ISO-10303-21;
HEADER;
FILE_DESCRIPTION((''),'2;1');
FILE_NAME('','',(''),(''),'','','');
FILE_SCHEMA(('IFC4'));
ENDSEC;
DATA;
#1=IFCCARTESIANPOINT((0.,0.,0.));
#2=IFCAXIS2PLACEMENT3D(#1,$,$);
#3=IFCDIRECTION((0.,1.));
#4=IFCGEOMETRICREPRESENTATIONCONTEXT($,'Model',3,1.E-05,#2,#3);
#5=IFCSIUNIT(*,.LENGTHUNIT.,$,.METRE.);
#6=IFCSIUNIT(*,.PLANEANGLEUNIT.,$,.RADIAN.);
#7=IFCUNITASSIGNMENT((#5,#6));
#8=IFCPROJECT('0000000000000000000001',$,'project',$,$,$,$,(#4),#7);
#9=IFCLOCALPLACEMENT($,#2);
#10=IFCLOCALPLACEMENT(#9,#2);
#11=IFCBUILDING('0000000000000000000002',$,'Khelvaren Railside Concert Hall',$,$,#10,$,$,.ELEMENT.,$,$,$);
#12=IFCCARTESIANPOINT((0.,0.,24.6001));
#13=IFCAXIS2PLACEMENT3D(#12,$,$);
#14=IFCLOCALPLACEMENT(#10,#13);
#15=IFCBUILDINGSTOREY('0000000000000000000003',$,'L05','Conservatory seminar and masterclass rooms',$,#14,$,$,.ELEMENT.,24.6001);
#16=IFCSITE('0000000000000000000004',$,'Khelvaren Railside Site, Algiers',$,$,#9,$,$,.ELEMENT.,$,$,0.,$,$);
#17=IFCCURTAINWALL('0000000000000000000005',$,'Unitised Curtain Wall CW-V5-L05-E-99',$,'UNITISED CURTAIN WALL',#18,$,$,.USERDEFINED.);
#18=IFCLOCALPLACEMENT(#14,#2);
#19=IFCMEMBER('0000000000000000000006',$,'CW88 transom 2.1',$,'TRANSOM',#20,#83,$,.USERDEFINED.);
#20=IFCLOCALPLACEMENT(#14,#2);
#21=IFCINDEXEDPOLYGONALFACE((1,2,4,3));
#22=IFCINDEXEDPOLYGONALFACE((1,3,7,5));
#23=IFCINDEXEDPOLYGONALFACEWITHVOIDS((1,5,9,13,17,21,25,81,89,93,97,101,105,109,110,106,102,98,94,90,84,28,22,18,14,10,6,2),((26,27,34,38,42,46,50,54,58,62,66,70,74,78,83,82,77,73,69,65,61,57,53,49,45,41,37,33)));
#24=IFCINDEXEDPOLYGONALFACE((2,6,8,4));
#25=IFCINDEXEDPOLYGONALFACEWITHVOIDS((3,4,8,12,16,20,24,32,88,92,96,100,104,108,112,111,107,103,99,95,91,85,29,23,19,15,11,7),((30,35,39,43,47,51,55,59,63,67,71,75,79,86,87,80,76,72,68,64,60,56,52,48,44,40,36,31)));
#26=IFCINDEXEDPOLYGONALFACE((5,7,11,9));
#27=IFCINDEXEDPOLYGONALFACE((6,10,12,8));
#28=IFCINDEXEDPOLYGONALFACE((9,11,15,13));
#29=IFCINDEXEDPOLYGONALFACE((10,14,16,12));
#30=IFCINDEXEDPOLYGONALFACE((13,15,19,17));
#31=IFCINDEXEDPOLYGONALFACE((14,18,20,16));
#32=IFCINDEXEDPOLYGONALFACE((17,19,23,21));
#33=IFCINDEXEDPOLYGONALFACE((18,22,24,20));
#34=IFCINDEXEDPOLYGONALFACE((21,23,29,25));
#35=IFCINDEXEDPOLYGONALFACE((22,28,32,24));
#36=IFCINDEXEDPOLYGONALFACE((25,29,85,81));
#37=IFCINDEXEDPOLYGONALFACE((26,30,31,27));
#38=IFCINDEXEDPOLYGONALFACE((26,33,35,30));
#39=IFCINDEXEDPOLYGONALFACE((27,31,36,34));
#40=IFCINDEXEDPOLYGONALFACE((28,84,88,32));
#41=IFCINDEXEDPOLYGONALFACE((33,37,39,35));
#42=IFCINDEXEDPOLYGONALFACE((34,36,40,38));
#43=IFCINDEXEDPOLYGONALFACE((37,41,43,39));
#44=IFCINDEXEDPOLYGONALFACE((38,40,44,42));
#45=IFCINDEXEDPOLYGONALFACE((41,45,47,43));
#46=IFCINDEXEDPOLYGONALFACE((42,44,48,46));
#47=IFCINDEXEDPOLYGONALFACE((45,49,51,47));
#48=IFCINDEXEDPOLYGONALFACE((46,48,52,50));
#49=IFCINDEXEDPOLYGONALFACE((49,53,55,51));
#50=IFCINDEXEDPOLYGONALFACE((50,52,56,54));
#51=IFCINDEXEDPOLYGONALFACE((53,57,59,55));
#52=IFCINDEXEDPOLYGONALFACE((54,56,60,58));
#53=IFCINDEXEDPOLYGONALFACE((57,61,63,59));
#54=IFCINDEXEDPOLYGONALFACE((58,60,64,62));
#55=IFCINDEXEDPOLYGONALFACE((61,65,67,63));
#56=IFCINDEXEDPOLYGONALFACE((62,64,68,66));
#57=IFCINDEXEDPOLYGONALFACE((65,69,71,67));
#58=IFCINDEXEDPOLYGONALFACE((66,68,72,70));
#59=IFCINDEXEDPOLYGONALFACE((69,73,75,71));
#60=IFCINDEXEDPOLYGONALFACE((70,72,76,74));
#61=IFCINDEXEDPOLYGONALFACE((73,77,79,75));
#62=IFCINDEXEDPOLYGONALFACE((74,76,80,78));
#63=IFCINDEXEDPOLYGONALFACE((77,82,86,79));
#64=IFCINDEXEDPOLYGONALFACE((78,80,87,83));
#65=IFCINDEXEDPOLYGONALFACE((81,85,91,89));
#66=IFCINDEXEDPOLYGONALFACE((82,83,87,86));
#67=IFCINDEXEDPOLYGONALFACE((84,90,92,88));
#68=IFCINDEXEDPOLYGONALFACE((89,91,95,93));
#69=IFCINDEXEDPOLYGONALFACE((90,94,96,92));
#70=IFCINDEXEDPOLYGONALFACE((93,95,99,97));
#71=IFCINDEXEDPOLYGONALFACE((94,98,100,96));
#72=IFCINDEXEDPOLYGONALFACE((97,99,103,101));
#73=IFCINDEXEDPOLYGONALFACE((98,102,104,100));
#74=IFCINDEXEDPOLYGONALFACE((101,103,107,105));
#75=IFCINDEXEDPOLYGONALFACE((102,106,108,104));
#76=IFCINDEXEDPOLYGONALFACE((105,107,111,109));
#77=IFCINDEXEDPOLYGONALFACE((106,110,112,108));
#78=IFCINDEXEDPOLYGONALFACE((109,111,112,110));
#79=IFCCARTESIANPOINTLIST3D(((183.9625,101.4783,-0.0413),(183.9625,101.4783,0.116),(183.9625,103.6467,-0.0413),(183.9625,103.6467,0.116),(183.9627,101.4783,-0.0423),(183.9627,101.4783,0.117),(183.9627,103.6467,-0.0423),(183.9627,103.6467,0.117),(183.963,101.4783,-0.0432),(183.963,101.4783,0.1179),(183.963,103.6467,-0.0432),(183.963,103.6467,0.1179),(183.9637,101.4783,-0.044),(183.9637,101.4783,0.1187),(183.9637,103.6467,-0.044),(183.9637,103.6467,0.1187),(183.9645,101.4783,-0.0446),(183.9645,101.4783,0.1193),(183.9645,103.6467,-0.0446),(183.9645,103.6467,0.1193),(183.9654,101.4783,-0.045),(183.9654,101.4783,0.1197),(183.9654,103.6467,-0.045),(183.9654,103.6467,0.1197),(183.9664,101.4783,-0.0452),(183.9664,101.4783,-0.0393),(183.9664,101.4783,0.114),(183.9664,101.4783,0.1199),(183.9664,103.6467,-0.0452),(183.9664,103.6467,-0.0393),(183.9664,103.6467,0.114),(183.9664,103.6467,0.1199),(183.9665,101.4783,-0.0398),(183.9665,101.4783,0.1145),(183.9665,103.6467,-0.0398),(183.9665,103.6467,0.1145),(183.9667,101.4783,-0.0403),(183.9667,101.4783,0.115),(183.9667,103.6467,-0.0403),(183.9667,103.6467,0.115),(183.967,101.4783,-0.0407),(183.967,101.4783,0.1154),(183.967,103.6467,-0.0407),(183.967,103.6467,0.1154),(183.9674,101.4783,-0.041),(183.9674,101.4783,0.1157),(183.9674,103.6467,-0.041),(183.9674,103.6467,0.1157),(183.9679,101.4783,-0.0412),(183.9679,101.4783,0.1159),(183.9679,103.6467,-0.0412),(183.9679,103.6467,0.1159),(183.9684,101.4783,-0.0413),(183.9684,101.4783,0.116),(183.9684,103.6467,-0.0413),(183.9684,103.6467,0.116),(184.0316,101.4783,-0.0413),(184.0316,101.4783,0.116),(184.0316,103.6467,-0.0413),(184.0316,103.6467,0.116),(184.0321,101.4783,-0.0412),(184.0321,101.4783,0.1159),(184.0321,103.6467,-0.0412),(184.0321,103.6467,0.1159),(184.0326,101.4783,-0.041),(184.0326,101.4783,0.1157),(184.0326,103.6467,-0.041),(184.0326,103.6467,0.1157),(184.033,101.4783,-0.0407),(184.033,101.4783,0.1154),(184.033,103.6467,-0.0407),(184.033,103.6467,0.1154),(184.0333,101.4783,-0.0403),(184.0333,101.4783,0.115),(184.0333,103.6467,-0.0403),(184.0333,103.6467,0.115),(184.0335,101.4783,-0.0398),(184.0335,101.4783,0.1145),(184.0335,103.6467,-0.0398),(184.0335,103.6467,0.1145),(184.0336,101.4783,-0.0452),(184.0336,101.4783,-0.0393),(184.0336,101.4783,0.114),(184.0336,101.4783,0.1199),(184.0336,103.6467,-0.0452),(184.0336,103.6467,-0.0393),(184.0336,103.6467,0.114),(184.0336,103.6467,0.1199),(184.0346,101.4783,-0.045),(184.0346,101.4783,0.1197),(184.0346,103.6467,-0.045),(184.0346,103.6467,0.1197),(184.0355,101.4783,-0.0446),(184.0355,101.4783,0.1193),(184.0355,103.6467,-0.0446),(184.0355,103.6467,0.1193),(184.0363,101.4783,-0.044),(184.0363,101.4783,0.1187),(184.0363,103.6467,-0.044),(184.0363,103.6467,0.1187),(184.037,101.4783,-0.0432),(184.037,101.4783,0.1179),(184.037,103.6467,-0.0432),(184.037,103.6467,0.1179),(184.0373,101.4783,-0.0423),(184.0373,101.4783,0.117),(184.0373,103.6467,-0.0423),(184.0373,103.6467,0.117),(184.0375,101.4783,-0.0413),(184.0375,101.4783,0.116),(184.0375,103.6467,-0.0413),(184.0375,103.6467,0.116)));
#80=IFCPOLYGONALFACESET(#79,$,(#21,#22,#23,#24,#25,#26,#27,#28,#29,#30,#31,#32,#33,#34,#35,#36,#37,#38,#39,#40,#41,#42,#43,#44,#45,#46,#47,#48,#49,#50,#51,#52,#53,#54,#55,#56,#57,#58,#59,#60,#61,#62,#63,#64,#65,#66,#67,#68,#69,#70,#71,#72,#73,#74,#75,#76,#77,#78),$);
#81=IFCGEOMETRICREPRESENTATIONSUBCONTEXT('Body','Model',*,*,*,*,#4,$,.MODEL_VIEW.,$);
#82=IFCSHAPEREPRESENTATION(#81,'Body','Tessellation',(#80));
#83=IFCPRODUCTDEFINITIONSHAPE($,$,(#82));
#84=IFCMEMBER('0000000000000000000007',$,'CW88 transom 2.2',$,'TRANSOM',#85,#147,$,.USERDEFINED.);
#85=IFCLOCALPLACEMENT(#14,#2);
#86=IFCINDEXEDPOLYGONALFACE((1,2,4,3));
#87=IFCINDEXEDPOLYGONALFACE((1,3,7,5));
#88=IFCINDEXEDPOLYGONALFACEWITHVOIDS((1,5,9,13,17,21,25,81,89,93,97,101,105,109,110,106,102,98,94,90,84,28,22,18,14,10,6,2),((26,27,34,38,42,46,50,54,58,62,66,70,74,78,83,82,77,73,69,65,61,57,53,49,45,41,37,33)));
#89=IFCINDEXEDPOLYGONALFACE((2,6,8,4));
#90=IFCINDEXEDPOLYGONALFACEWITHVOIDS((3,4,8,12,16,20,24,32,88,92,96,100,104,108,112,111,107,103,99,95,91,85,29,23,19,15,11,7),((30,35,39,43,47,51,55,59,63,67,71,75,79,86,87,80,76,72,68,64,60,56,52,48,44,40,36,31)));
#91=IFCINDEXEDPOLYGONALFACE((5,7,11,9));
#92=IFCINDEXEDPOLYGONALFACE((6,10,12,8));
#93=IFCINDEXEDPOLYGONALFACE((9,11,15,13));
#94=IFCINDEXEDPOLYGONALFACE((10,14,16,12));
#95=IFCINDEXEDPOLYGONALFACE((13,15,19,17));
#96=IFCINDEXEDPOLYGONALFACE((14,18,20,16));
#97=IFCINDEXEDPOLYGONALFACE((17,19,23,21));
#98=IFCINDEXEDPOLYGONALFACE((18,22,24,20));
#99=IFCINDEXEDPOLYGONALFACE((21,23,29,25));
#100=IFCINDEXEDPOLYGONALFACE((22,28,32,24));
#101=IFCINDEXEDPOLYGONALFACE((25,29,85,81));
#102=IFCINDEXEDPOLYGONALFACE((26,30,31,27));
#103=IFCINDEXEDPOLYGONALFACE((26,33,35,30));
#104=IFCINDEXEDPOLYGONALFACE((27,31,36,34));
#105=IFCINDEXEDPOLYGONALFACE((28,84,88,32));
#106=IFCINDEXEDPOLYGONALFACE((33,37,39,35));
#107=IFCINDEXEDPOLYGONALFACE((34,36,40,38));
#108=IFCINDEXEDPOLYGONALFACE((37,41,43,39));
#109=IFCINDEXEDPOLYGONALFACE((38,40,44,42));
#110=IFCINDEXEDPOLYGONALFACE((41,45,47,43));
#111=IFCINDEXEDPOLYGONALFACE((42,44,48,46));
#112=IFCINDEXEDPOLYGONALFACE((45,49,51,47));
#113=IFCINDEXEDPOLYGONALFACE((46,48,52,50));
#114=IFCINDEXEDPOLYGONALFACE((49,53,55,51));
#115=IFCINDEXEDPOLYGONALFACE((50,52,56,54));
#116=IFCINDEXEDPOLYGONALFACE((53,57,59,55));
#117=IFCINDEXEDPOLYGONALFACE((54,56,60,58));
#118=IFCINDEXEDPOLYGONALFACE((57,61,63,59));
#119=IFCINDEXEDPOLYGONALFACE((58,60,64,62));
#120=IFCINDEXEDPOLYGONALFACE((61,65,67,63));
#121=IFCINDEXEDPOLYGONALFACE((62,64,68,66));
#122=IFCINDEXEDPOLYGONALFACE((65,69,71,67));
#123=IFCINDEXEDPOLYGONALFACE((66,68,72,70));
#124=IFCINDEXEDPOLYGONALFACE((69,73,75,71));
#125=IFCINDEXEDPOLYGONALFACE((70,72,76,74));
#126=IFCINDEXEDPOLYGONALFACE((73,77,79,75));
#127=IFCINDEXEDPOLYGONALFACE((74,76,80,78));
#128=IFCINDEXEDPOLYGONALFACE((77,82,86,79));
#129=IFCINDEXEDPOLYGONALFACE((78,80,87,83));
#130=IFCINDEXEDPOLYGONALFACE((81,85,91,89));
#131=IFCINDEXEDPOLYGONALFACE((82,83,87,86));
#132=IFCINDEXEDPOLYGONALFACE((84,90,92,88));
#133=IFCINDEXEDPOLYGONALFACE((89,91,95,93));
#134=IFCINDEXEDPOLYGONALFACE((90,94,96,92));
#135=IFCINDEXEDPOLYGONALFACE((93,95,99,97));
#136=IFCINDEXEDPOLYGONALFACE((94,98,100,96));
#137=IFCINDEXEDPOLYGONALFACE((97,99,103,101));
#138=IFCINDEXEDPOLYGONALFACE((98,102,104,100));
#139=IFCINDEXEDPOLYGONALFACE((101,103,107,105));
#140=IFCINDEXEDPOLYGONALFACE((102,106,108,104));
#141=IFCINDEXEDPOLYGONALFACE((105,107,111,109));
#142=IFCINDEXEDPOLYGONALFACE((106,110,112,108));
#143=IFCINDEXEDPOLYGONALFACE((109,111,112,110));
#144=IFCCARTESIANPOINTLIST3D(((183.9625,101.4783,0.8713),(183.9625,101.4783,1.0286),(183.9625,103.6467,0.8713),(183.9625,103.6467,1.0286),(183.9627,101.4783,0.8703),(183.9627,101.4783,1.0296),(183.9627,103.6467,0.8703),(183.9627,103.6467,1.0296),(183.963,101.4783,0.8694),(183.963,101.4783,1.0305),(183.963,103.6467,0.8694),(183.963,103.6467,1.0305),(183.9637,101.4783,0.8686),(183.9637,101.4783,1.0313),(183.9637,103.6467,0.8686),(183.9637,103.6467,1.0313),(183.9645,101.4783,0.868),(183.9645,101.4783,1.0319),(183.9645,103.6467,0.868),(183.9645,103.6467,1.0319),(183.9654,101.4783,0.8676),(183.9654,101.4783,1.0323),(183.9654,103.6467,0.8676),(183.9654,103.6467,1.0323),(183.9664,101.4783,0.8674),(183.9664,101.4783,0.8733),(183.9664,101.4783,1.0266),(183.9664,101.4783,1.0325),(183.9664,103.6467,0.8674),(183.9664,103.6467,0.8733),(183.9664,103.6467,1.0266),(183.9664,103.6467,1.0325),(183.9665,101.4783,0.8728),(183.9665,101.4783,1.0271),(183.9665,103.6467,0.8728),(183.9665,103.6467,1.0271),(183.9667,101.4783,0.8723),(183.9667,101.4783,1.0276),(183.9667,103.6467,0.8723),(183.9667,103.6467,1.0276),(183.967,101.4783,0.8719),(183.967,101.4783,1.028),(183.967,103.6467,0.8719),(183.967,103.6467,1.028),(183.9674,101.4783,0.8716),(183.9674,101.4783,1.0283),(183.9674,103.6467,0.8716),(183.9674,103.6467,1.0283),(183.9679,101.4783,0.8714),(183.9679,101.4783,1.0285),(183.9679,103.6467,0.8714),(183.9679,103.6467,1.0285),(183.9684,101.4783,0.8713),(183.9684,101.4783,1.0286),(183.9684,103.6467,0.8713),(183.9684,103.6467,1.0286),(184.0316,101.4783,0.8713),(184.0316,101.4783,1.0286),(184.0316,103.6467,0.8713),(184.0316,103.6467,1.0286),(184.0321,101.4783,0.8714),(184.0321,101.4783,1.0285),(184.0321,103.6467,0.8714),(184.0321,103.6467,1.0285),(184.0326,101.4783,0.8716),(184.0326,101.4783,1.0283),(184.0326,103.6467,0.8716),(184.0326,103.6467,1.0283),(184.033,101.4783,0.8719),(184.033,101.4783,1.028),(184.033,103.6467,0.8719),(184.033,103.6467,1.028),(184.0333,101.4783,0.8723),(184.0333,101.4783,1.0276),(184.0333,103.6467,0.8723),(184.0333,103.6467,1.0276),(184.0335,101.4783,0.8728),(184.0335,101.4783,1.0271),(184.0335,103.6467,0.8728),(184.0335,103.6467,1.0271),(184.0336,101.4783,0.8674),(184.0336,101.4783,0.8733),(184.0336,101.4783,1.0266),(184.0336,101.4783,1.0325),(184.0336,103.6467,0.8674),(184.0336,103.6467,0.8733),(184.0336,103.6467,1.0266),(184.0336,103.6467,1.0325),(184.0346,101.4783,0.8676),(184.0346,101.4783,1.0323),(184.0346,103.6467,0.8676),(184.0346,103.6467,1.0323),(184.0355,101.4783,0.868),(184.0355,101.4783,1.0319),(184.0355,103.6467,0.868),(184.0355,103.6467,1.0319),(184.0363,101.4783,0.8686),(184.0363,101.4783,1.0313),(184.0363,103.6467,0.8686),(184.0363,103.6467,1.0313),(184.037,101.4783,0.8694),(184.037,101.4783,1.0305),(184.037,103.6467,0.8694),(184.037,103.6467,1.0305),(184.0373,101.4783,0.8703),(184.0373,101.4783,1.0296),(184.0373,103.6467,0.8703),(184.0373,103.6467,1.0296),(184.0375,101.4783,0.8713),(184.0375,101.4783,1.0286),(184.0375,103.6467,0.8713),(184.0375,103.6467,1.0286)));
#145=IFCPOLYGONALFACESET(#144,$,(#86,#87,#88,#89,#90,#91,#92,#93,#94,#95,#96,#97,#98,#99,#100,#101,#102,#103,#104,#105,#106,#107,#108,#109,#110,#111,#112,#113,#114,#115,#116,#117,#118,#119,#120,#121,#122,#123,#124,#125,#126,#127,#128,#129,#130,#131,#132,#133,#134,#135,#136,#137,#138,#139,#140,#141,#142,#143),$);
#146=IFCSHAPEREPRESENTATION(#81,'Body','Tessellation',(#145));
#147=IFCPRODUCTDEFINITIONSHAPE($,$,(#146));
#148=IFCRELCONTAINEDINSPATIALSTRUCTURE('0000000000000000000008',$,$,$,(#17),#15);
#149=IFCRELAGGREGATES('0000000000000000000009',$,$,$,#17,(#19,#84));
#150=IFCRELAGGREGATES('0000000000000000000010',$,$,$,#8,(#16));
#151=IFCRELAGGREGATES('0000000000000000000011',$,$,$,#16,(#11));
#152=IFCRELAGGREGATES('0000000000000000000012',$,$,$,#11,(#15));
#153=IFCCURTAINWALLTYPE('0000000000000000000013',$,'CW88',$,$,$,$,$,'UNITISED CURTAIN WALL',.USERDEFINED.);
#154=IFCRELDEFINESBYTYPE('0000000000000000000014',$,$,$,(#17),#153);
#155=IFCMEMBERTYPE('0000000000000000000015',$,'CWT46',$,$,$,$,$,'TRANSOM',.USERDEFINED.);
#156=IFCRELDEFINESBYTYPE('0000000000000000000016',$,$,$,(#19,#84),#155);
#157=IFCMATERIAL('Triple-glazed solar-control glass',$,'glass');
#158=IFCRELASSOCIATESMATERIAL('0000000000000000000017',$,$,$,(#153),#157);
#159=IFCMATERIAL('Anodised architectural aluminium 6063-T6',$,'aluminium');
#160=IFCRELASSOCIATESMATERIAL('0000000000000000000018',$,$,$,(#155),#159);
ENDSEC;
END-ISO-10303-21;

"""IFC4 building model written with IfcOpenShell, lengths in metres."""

from ifc_helpers import new_model, si_unit, direction, frame, origin, origin_2d, place, context, subcontext, project, spatial, hollow_rectangle, extrude, material, material_profile, profile_set, type_object, element, aggregate, save


model = new_model("IFC4")

# Units and contexts
model_context = context("Model", 3, precision=1e-05, world=origin(), true_north=direction((0.0, 1.0)))
body_context = subcontext(model_context, "Body", "Model", "MODEL_VIEW")
ifc_project = project(units=[si_unit("LENGTHUNIT", "METRE"), si_unit("PLANEANGLEUNIT", "RADIAN")], contexts=[model_context])

# Site, building, storey
site_placement = place(None, origin())
site = spatial("IfcSite", under=ifc_project, at=site_placement, Name="Khelvaren Railside Site, Algiers", CompositionType="ELEMENT", RefElevation=0.0)
building_placement = place(site_placement, origin())
building = spatial("IfcBuilding", under=site, at=building_placement, Name="Khelvaren Railside Concert Hall", CompositionType="ELEMENT")
storey_placement = place(building_placement, frame((0.0, 0.0, 24.6001)))
storey = spatial("IfcBuildingStorey", under=building, at=storey_placement, Name="L05", Description="Conservatory seminar and masterclass rooms", CompositionType="ELEMENT", Elevation=24.6001)

# Curtain wall
ifc_material_1 = material(Name="Triple-glazed solar-control glass", Category="glass")
curtain_wall_type_1 = type_object("IfcCurtainWallType", Name="CW88", ElementType="UNITISED CURTAIN WALL", PredefinedType="USERDEFINED", material=ifc_material_1)
curtain_wall_1_placement = place(storey_placement, origin())
curtain_wall_1 = element("IfcCurtainWall", 1, at=curtain_wall_1_placement, inside=storey, type_object=curtain_wall_type_1, Name="Unitised Curtain Wall CW-V5-L05-E-99", ObjectType="UNITISED CURTAIN WALL", PredefinedType="USERDEFINED")
ifc_material_2 = material(Name="Anodised architectural aluminium 6063-T6", Category="aluminium")

# Members
ifc_material_profile_1 = material_profile(ifc_material_2, hollow_rectangle(XDim=0.075, YDim=0.165, WallThickness=0.0039, InnerFilletRadius=0.002, OuterFilletRadius=0.0039, at=origin_2d()), Name="CWT 75x165x4")
ifc_profile_set_1 = profile_set([ifc_material_profile_1], Name="Anodised architectural aluminium 6063-T6")
member_type_1 = type_object("IfcMemberType", Name="CWT46", ElementType="TRANSOM", PredefinedType="USERDEFINED", material=ifc_profile_set_1)
member_1_placement = place(storey_placement, frame((184.0, 103.6467, 0.0374), z_axis=(0.0, -1.0, 0.0), x_axis=(1.0, 0.0, 0.0)))
member_1 = element("IfcMember", 2, at=member_1_placement, type_object=member_type_1, Name="CW88 transom 2.1", ObjectType="TRANSOM", PredefinedType="USERDEFINED", context=body_context, shape_type="SweptSolid", body=[
    extrude(hollow_rectangle(XDim=0.075, YDim=0.165, WallThickness=0.0039, InnerFilletRadius=0.002, OuterFilletRadius=0.0039, at=origin_2d()), origin(), (0.0, 0.0, 1.0), 2.1685),
])
member_2_placement = place(storey_placement, frame((184.0, 103.6467, 0.95), z_axis=(0.0, -1.0, 0.0), x_axis=(1.0, 0.0, 0.0)))
member_2 = element("IfcMember", 3, at=member_2_placement, type_object=member_type_1, Name="CW88 transom 2.2", ObjectType="TRANSOM", PredefinedType="USERDEFINED", context=body_context, shape_type="SweptSolid", body=[
    extrude(hollow_rectangle(XDim=0.075, YDim=0.165, WallThickness=0.0039, InnerFilletRadius=0.002, OuterFilletRadius=0.0039, at=origin_2d()), origin(), (0.0, 0.0, 1.0), 2.1685),
])

aggregate(curtain_wall_1, [member_1, member_2])

save(model, "model.ifc")
